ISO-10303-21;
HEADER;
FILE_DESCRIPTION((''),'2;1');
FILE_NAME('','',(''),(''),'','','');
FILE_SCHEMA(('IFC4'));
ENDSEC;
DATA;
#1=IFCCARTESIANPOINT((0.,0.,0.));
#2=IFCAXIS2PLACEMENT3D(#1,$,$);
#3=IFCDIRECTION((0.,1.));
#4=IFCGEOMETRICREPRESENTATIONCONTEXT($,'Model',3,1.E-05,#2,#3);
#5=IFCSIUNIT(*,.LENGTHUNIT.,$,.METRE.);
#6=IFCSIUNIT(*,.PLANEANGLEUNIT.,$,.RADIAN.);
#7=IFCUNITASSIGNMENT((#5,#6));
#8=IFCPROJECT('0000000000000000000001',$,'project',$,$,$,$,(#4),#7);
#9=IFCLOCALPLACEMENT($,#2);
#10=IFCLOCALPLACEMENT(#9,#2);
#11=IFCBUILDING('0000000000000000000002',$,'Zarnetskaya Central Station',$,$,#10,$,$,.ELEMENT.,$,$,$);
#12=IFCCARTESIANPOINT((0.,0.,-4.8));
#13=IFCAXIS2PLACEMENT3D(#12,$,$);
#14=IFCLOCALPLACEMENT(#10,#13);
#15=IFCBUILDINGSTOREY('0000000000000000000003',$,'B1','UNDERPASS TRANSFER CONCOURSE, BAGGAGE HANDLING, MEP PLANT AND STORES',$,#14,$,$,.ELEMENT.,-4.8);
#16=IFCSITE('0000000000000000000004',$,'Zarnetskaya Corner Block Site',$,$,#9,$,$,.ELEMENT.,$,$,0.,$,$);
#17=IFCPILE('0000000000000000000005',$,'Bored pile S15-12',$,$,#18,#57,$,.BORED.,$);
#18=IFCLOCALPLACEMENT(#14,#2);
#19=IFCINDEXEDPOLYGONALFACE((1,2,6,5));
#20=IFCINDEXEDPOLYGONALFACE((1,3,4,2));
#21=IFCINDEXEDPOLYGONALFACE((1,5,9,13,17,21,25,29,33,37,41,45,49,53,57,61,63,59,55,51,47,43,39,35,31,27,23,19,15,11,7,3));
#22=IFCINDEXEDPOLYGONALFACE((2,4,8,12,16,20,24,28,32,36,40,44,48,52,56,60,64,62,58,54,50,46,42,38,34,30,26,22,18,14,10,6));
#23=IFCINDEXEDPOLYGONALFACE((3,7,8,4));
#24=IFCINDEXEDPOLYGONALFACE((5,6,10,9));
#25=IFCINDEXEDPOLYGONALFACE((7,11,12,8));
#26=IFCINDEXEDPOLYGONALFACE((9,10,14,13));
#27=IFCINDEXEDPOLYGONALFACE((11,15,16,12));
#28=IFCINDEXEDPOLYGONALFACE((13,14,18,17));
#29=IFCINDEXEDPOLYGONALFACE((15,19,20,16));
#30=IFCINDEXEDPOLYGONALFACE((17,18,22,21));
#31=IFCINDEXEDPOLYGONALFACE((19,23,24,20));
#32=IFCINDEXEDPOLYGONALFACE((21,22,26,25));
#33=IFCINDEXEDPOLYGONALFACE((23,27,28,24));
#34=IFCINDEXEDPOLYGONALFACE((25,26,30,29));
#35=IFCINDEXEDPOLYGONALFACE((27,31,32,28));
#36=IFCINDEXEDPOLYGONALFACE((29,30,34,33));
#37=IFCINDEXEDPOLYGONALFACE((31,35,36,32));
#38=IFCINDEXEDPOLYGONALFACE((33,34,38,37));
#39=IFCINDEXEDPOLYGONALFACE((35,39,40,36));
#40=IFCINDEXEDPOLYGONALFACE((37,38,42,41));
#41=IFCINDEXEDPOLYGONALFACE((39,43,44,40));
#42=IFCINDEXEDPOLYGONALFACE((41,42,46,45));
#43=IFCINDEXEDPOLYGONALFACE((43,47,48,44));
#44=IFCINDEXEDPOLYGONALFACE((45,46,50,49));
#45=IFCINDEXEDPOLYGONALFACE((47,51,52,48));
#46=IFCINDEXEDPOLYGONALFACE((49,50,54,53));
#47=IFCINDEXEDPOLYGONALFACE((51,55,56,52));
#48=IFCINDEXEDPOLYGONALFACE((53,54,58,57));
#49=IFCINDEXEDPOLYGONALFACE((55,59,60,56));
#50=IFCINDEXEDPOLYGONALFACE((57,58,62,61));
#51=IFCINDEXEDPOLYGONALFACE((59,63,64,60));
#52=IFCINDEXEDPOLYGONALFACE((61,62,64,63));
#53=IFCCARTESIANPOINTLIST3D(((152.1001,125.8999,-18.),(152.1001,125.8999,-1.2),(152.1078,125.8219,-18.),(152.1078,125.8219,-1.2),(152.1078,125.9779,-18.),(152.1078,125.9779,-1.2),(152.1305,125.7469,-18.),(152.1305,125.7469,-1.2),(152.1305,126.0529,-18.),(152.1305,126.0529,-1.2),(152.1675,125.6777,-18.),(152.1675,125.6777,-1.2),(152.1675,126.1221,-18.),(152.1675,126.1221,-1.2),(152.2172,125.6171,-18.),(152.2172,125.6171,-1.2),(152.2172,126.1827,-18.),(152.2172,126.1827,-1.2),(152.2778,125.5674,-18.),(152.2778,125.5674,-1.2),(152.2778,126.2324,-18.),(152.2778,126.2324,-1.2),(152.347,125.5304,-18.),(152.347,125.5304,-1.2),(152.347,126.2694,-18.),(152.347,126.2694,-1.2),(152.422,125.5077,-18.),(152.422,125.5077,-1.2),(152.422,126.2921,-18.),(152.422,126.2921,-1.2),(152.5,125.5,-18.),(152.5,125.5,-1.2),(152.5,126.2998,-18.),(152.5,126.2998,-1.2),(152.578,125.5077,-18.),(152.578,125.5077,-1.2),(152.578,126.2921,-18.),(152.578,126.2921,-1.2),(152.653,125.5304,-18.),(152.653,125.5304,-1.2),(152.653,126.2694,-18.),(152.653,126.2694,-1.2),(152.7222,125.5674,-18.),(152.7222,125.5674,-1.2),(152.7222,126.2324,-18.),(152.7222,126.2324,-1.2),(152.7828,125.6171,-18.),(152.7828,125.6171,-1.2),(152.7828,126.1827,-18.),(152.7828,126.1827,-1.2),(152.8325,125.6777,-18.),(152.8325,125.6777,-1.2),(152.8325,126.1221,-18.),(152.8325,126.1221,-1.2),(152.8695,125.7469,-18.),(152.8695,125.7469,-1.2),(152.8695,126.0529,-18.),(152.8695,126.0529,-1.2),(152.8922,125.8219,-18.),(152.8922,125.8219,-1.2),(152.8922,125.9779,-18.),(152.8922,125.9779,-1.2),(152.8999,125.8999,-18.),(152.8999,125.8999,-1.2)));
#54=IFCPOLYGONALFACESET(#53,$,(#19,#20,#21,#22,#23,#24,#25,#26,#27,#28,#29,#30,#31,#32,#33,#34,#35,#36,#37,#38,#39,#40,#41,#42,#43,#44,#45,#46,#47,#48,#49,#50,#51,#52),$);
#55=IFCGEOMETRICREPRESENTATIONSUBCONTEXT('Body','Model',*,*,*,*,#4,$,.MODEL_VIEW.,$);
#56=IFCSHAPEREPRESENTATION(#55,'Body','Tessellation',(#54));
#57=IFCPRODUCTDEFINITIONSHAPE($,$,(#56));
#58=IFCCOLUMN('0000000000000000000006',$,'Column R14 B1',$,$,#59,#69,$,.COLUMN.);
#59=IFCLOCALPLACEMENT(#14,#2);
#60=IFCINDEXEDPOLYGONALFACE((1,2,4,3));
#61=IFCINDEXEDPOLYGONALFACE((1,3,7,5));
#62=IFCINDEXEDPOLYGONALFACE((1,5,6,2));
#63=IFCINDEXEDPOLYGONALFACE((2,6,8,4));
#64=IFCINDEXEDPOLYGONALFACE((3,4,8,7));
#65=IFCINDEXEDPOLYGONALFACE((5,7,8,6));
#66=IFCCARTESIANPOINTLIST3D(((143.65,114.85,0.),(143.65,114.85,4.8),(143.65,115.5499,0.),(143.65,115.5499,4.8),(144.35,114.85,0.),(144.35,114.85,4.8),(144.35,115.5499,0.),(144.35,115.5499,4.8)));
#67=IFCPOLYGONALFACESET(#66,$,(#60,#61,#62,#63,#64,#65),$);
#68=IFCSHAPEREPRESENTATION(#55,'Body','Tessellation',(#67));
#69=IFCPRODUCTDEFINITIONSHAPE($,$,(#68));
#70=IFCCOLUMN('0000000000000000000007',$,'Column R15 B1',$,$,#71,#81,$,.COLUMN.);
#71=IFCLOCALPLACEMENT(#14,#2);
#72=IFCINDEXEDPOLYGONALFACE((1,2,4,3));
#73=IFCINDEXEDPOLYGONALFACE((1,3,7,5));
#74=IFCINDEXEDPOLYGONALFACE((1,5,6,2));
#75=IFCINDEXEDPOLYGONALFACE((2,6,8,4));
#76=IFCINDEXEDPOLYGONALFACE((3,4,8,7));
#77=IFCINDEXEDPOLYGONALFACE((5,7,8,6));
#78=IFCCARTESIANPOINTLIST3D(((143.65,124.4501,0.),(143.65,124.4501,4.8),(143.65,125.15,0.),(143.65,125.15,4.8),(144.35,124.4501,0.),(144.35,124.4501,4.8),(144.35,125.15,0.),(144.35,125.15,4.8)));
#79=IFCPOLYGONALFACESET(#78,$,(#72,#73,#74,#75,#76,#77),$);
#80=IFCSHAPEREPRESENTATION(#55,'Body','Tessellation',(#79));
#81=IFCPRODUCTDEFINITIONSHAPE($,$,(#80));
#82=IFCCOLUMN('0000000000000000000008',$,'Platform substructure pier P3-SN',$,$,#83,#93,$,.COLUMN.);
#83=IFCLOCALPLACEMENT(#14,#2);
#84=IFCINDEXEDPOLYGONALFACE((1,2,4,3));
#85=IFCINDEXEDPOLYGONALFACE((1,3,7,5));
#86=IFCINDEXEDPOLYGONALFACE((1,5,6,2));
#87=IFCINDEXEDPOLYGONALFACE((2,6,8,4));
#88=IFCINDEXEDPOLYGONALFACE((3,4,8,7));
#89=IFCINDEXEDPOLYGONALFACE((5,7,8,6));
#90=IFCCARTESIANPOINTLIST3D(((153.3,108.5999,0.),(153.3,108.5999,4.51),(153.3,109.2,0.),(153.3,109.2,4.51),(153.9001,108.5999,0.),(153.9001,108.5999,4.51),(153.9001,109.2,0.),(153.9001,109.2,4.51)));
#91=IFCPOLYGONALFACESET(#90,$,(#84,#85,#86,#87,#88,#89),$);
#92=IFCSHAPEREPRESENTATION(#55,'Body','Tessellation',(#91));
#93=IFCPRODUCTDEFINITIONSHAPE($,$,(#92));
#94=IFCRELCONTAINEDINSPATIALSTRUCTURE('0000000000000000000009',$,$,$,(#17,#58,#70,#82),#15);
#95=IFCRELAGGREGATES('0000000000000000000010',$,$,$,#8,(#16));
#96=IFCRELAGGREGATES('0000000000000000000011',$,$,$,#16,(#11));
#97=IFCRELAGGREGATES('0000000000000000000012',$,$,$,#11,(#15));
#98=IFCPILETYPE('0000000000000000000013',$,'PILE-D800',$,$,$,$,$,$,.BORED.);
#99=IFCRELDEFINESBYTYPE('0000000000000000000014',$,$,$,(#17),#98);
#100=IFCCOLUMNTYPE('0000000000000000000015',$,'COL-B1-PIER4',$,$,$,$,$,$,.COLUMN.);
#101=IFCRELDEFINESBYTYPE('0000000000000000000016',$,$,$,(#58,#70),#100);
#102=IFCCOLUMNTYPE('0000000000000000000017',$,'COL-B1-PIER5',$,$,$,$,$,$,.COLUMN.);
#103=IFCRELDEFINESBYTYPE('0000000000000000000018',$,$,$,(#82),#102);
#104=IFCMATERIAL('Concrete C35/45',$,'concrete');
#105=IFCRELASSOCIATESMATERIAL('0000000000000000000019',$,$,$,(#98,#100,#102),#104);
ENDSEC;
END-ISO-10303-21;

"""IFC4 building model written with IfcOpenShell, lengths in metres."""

from ifc_helpers import new_model, si_unit, direction, frame, origin, origin_2d, place, context, subcontext, project, spatial, rectangle, circle, extrude, material, material_profile, profile_set, type_object, element, save


model = new_model("IFC4")

# Units and contexts
model_context = context("Model", 3, precision=1e-05, world=origin(), true_north=direction((0.0, 1.0)))
body_context = subcontext(model_context, "Body", "Model", "MODEL_VIEW")
ifc_project = project(units=[si_unit("LENGTHUNIT", "METRE"), si_unit("PLANEANGLEUNIT", "RADIAN")], contexts=[model_context])

# Site, building, storey
site_placement = place(None, origin())
site = spatial("IfcSite", under=ifc_project, at=site_placement, Name="Zarnetskaya Corner Block Site", CompositionType="ELEMENT", RefElevation=0.0)
building_placement = place(site_placement, origin())
building = spatial("IfcBuilding", under=site, at=building_placement, Name="Zarnetskaya Central Station", CompositionType="ELEMENT")
storey_placement = place(building_placement, frame((0.0, 0.0, -4.8)))
storey = spatial("IfcBuildingStorey", under=building, at=storey_placement, Name="B1", Description="UNDERPASS TRANSFER CONCOURSE, BAGGAGE HANDLING, MEP PLANT AND STORES", CompositionType="ELEMENT", Elevation=-4.8)

# Shared definitions
ifc_material = material(Name="Concrete C35/45", Category="concrete")

# Pile
ifc_material_profile_1 = material_profile(ifc_material, circle(Radius=0.3999, at=origin_2d()), Name="BORED PILE D800")
ifc_profile_set_1 = profile_set([ifc_material_profile_1], Name="Concrete C35/45")
pile_type = type_object("IfcPileType", Name="PILE-D800", PredefinedType="BORED", material=ifc_profile_set_1)
for number, where, z_axis, x_axis, name in (
    (1, (152.5, 125.8999, -1.2), (0.0, 0.0, -1.0), (1.0, 0.0, 0.0), "Bored pile S15-12"),
):
    element("IfcPile", number, at=place(storey_placement, frame(where, z_axis=z_axis, x_axis=x_axis)), inside=storey, type_object=pile_type, Name=name, PredefinedType="BORED", context=body_context, shape_type="SweptSolid", body=[
        extrude(circle(Radius=0.3999, at=origin_2d()), origin(), (0.0, 0.0, 1.0), 16.8),
    ])

# Columns
ifc_material_profile_2 = material_profile(ifc_material, rectangle(XDim=0.7, YDim=0.7, at=origin_2d()), Name="RC 700x700")
ifc_profile_set_2 = profile_set([ifc_material_profile_2], Name="Concrete C35/45")
column_type_1 = type_object("IfcColumnType", Name="COL-B1-PIER4", PredefinedType="COLUMN", material=ifc_profile_set_2)
for number, where, z_axis, x_axis, name in (
    (2, (144.0, 115.2, 0.0), (0.0, 0.0, 1.0), (1.0, 0.0, 0.0), "Column R14 B1"),
    (3, (144.0, 124.8, 0.0), (0.0, 0.0, 1.0), (1.0, 0.0, 0.0), "Column R15 B1"),
):
    element("IfcColumn", number, at=place(storey_placement, frame(where, z_axis=z_axis, x_axis=x_axis)), inside=storey, type_object=column_type_1, Name=name, PredefinedType="COLUMN", context=body_context, shape_type="SweptSolid", body=[
        extrude(rectangle(XDim=0.7, YDim=0.7, at=origin_2d()), origin(), (0.0, 0.0, 1.0), 4.8),
    ])
ifc_material_profile_3 = material_profile(ifc_material, rectangle(XDim=0.6001, YDim=0.6001, at=origin_2d()), Name="RC 600x600")
ifc_profile_set_3 = profile_set([ifc_material_profile_3], Name="Concrete C35/45")
column_type_2 = type_object("IfcColumnType", Name="COL-B1-PIER5", PredefinedType="COLUMN", material=ifc_profile_set_3)
column_placement = place(storey_placement, frame((153.6001, 108.8999, 0.0), z_axis=(0.0, 0.0, 1.0), x_axis=(1.0, 0.0, 0.0)))
element("IfcColumn", 4, at=column_placement, inside=storey, type_object=column_type_2, Name="Platform substructure pier P3-SN", PredefinedType="COLUMN", context=body_context, shape_type="SweptSolid", body=[
    extrude(rectangle(XDim=0.6001, YDim=0.6001, at=origin_2d()), origin(), (0.0, 0.0, 1.0), 4.51),
])

save(model, "model.ifc")
